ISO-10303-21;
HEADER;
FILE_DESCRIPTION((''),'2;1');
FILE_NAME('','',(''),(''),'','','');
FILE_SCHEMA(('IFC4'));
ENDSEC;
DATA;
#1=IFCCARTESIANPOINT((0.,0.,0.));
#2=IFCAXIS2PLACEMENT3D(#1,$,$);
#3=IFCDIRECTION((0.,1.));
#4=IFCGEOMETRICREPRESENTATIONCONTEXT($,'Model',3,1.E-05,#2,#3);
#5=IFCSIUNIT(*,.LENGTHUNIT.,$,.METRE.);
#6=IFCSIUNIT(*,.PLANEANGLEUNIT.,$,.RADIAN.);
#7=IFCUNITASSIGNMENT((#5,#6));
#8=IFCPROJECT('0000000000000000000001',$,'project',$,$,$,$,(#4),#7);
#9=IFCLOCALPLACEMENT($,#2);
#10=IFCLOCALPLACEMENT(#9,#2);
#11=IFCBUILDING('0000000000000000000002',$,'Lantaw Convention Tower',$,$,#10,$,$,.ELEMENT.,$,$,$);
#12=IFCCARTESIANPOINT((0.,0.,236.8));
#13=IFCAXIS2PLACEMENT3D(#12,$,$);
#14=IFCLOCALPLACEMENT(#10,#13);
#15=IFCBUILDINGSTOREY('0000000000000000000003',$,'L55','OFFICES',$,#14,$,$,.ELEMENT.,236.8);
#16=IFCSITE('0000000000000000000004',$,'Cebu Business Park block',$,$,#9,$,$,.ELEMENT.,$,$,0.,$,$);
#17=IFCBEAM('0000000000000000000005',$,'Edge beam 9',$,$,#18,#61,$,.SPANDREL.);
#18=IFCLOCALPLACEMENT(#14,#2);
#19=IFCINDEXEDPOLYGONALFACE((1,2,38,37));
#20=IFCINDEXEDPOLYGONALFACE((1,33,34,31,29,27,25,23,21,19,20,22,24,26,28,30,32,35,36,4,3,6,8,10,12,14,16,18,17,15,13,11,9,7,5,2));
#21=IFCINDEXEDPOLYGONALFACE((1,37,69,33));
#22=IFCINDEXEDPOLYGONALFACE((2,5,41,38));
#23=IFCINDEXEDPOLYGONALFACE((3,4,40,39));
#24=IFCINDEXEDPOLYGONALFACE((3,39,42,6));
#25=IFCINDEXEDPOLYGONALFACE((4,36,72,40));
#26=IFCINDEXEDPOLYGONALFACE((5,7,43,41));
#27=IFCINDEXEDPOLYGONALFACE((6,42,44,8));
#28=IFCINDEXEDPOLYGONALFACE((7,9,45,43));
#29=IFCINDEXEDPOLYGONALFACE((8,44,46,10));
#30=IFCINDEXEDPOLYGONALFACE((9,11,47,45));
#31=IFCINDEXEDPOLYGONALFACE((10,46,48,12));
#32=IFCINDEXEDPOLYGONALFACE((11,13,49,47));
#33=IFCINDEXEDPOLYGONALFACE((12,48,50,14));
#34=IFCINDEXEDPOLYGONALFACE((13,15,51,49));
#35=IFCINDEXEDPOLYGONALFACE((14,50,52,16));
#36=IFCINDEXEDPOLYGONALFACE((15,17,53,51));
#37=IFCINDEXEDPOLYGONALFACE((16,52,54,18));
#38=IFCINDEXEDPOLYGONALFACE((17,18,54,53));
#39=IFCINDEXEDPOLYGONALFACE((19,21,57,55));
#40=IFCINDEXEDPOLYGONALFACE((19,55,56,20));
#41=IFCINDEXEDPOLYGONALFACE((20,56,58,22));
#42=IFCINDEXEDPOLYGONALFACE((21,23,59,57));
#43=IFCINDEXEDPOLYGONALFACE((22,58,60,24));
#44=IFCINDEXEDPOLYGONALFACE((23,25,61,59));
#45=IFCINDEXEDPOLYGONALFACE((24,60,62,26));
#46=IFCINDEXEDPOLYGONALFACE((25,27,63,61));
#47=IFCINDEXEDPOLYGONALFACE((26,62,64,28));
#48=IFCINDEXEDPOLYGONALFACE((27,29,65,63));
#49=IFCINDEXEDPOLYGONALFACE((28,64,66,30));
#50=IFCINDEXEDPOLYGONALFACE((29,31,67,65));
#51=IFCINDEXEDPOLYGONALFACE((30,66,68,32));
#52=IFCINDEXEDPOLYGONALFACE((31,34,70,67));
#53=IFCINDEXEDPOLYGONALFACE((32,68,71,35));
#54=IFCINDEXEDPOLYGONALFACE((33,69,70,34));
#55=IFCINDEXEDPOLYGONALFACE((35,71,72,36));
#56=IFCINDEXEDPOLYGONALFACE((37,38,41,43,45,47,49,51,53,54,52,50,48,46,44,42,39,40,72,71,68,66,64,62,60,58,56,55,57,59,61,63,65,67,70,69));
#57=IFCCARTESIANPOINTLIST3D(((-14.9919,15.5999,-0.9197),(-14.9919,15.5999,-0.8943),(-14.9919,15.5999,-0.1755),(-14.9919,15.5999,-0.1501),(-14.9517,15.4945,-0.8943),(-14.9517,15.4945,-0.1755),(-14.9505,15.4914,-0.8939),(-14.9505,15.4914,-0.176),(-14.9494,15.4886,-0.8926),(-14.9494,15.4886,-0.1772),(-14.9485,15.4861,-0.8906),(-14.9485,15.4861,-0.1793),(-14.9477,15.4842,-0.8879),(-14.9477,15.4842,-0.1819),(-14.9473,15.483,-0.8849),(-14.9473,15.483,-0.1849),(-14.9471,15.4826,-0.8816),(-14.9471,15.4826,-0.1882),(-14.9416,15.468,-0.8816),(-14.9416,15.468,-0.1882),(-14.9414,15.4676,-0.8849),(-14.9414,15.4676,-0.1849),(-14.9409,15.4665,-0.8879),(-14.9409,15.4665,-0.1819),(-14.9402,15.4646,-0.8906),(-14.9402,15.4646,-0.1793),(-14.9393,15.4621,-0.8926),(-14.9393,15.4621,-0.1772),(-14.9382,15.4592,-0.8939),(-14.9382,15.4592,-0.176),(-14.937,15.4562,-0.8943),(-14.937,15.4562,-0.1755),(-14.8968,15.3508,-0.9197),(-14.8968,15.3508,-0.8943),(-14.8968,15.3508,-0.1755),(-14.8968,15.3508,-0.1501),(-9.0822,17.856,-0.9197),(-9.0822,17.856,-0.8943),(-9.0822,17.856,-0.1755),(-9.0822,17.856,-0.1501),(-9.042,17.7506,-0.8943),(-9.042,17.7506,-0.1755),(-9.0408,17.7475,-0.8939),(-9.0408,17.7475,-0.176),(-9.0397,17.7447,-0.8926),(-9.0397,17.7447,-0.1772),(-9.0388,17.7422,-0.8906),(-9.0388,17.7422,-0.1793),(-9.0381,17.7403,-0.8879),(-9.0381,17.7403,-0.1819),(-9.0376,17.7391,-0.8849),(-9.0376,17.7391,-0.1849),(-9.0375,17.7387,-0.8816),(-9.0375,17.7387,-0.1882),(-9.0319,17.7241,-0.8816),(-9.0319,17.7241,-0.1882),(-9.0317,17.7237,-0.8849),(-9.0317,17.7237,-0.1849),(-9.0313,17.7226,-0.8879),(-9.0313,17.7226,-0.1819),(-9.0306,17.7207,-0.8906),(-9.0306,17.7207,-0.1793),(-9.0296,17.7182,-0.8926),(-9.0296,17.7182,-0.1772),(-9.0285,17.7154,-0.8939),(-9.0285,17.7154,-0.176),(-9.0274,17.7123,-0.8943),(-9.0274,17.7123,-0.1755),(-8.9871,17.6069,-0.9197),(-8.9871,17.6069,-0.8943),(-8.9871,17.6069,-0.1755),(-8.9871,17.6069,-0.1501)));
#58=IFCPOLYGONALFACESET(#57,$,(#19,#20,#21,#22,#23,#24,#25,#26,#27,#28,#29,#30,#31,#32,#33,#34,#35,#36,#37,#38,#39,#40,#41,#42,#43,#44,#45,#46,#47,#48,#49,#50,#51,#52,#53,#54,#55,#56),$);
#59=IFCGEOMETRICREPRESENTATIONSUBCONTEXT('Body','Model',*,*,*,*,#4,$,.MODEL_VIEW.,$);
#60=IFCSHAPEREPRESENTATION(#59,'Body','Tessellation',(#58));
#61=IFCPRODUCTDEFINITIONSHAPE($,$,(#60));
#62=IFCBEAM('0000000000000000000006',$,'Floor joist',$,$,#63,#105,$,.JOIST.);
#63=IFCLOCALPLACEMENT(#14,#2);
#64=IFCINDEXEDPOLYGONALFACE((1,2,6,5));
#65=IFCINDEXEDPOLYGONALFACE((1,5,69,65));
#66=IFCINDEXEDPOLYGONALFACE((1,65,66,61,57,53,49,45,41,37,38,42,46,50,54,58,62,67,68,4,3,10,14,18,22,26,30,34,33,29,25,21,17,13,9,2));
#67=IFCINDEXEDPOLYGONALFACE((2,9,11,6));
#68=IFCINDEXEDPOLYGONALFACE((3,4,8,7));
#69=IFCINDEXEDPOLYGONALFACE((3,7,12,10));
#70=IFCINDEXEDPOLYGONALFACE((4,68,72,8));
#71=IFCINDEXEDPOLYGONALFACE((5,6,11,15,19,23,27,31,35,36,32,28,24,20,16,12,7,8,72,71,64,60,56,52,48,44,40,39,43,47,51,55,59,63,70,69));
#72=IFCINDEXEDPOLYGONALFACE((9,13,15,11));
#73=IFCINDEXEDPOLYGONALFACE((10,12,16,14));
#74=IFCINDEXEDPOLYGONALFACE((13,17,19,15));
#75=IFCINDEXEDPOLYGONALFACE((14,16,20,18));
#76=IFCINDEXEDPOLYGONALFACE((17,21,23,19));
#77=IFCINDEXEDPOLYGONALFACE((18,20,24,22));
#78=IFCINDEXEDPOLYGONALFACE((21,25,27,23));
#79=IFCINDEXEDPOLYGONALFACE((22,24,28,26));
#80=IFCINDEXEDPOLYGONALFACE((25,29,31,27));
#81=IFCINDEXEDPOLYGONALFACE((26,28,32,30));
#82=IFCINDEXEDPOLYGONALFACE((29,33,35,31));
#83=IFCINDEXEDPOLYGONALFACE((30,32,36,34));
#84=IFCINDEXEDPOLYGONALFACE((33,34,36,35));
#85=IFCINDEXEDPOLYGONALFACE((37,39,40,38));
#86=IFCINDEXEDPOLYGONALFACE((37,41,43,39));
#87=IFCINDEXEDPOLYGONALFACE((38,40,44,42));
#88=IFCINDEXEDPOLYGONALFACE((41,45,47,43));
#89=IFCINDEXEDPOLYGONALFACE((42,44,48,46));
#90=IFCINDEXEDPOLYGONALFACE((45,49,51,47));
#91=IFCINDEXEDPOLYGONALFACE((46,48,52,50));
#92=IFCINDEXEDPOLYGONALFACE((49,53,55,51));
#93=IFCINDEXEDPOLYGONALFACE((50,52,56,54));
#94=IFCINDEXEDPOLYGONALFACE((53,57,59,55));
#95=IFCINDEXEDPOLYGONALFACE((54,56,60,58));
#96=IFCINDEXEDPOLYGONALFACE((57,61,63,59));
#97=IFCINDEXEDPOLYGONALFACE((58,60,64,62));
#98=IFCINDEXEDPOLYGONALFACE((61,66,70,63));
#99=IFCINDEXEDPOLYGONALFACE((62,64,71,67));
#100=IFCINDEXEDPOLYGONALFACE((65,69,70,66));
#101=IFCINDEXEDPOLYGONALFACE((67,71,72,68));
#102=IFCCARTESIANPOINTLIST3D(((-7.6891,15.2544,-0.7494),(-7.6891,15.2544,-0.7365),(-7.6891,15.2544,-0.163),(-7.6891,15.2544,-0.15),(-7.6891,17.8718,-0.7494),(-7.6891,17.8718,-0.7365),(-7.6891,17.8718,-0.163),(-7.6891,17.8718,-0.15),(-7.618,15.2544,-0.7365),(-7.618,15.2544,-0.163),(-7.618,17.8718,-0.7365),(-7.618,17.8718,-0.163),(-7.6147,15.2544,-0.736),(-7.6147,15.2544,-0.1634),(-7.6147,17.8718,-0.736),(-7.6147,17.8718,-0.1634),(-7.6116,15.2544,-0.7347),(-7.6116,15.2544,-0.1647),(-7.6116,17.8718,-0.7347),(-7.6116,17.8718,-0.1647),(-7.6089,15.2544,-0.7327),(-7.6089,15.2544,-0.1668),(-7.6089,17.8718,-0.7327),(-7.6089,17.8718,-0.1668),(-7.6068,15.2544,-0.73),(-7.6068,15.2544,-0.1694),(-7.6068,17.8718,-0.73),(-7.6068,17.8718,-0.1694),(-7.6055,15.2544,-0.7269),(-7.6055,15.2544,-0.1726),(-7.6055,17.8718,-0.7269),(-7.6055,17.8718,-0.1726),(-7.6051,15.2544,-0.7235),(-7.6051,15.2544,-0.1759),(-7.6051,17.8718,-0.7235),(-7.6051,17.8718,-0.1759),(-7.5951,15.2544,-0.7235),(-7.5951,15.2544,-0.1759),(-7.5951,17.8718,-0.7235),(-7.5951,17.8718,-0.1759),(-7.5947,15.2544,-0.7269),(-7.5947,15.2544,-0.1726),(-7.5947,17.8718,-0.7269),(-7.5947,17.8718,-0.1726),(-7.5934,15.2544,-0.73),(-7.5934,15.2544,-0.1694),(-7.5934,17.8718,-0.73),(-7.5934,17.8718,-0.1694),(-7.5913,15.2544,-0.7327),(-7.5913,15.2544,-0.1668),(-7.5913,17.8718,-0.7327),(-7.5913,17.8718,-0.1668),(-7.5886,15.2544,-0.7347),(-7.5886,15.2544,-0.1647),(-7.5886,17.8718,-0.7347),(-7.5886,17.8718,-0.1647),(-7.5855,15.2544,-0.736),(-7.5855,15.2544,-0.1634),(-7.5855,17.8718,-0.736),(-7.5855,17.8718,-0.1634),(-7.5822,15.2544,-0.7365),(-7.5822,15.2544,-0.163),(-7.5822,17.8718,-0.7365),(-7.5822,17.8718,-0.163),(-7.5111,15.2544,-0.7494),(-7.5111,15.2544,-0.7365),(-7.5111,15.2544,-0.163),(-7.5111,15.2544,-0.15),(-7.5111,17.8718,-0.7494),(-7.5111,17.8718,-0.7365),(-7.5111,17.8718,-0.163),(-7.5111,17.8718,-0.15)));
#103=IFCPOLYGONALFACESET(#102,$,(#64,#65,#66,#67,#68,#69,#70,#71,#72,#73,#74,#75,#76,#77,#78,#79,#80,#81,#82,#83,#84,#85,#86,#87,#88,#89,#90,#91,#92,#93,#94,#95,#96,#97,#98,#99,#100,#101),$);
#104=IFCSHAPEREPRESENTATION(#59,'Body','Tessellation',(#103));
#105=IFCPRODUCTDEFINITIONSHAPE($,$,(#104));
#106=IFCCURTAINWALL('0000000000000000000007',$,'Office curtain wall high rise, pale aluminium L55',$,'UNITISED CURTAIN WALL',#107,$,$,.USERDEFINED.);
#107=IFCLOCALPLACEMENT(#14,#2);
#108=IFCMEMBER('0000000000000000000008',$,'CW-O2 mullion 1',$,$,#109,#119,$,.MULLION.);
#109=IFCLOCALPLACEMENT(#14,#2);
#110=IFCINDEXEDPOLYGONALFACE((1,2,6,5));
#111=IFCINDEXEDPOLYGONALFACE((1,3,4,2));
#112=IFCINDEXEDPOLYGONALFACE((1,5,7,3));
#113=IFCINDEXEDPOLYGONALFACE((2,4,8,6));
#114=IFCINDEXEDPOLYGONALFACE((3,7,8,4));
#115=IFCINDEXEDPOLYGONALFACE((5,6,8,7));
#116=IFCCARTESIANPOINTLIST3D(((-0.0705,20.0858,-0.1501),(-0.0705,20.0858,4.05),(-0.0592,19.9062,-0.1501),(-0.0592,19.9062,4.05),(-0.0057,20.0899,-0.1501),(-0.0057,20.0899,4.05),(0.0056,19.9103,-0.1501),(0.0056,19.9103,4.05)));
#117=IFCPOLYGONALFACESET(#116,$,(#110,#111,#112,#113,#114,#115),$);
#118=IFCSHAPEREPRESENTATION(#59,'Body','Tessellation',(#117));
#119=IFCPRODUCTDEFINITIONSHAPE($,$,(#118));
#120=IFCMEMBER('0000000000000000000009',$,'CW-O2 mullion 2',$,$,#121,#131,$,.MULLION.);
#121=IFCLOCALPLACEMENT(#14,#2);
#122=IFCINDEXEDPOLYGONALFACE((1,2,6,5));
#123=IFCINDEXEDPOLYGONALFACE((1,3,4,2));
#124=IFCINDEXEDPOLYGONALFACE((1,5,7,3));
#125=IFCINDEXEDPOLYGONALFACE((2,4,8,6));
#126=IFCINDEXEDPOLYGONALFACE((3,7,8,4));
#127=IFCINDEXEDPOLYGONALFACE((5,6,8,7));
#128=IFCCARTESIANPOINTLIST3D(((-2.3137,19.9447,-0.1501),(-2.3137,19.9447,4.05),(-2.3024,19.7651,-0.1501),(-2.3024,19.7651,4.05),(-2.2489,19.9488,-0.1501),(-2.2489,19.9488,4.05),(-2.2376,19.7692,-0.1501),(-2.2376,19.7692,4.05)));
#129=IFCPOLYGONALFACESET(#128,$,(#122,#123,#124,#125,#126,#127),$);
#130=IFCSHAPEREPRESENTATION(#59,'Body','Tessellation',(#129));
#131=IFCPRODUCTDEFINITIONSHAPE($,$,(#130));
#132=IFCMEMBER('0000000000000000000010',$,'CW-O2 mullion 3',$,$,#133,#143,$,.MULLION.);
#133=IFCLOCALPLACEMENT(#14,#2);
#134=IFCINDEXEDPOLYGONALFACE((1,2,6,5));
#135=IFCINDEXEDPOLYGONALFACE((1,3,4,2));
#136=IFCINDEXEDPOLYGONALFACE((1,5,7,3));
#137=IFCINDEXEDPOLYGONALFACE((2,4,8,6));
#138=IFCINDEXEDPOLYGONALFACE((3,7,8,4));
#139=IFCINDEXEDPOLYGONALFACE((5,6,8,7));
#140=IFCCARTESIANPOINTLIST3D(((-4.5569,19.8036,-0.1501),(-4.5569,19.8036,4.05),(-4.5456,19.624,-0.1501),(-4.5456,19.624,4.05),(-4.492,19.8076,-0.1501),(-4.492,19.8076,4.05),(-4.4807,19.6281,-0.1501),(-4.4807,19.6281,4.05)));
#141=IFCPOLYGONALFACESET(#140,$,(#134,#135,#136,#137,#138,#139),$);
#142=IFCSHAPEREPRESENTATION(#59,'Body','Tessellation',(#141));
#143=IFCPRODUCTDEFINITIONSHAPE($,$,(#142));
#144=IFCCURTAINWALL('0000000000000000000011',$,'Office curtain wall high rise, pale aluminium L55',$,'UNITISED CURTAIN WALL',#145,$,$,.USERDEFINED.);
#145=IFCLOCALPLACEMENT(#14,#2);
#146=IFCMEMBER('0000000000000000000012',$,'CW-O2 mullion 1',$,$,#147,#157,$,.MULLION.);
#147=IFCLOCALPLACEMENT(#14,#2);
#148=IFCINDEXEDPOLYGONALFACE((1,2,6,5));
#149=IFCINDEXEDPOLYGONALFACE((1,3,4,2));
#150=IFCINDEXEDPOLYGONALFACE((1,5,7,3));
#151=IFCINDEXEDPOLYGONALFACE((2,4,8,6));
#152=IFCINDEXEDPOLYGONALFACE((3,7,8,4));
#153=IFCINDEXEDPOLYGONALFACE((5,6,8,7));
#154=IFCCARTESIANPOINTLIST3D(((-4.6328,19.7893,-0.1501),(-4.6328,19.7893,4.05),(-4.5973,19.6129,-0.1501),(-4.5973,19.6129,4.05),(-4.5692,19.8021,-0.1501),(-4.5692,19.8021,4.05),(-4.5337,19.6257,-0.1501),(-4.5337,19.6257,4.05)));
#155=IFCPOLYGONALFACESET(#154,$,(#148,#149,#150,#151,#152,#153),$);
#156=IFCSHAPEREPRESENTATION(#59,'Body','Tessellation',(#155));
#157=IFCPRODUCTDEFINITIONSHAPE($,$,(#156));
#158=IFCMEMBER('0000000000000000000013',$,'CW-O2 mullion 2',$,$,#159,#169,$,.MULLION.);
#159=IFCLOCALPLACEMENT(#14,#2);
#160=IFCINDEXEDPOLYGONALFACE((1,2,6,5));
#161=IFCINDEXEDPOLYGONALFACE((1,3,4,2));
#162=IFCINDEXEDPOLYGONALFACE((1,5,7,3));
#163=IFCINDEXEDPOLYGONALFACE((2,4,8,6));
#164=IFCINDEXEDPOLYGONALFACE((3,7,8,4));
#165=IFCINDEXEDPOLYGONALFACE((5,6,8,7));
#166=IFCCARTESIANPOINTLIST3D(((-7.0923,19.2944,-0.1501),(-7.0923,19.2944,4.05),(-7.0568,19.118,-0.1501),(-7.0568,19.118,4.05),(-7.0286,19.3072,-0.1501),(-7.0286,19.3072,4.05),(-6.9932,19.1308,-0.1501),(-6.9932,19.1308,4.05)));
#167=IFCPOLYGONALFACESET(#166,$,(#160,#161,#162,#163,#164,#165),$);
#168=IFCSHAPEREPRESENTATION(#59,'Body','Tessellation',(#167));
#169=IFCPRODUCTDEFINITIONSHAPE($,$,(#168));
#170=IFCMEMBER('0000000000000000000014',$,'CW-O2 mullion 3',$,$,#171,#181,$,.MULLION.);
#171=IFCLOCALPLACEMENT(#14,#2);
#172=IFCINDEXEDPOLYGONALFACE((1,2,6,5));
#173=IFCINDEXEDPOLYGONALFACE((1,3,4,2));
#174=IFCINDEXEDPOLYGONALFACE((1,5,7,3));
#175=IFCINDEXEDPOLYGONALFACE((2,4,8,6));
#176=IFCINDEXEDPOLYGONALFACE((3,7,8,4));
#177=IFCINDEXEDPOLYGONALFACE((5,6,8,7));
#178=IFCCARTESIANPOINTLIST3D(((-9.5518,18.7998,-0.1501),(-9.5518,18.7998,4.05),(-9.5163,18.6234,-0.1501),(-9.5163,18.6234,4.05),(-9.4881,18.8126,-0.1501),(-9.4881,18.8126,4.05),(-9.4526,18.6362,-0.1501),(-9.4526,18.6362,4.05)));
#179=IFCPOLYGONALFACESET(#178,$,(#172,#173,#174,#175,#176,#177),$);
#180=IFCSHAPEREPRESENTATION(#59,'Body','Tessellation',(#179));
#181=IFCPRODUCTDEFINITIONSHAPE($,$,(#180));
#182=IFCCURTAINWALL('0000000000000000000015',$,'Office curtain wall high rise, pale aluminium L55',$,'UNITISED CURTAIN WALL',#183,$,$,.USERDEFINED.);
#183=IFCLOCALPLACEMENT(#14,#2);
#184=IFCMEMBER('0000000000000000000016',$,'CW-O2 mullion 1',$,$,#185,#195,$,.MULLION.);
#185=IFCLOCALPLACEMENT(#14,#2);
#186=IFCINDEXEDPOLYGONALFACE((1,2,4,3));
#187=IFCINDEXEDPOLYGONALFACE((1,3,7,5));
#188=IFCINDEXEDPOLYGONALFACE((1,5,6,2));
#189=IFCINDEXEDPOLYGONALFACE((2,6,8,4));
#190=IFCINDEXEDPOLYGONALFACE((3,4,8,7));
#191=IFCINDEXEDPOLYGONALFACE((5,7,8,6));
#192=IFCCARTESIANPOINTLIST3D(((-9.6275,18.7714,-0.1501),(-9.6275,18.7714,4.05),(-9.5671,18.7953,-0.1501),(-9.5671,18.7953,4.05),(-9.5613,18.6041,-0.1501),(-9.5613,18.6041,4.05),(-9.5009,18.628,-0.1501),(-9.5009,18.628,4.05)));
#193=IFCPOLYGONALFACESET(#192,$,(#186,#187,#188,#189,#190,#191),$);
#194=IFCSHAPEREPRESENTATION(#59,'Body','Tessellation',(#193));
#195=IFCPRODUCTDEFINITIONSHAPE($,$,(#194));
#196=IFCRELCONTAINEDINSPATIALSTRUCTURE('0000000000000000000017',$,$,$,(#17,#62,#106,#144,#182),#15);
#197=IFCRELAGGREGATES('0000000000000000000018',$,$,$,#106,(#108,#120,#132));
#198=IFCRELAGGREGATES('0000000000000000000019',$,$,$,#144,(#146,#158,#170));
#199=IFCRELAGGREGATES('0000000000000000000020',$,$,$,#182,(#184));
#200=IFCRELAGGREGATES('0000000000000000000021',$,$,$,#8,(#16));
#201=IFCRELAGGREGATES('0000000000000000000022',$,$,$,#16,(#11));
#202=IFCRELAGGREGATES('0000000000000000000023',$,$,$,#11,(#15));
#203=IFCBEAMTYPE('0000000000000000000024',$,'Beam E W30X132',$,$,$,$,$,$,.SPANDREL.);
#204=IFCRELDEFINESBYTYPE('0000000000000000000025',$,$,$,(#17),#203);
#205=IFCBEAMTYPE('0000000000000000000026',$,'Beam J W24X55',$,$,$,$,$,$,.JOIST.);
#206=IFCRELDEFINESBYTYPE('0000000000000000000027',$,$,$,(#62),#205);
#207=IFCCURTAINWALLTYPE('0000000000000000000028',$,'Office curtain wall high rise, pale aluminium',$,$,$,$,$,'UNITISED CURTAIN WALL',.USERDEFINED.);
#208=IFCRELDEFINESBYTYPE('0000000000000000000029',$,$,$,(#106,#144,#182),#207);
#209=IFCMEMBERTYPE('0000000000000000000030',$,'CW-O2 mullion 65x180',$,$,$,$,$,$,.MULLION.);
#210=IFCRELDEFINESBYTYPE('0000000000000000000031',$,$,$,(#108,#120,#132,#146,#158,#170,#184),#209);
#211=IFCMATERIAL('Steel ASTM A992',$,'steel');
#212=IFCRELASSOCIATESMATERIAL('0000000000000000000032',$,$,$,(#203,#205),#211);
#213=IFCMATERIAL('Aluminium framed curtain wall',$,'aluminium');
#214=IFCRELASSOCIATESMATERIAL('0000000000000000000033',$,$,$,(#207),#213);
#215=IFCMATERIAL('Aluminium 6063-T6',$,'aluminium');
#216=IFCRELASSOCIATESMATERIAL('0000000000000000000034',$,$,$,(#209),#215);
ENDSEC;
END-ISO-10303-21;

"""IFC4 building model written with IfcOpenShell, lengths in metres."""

from ifc_helpers import new_model, si_unit, direction, frame, origin, origin_2d, place, context, subcontext, project, spatial, rectangle, i_section, extrude, material, material_profile, profile_set, type_object, element, aggregate, save


model = new_model("IFC4")

# Units and contexts
model_context = context("Model", 3, precision=1e-05, world=origin(), true_north=direction((0.0, 1.0)))
body_context = subcontext(model_context, "Body", "Model", "MODEL_VIEW")
ifc_project = project(units=[si_unit("LENGTHUNIT", "METRE"), si_unit("PLANEANGLEUNIT", "RADIAN")], contexts=[model_context])

# Site, building, storey
site_placement = place(None, origin())
site = spatial("IfcSite", under=ifc_project, at=site_placement, Name="Cebu Business Park block", CompositionType="ELEMENT", RefElevation=0.0)
building_placement = place(site_placement, origin())
building = spatial("IfcBuilding", under=site, at=building_placement, Name="Lantaw Convention Tower", CompositionType="ELEMENT")
storey_placement = place(building_placement, frame((0.0, 0.0, 236.8)))
storey = spatial("IfcBuildingStorey", under=building, at=storey_placement, Name="L55", Description="OFFICES", CompositionType="ELEMENT", Elevation=236.8)

# Beams
ifc_material_1 = material(Name="Steel ASTM A992", Category="steel")
ifc_material_profile_1 = material_profile(ifc_material_1, i_section(OverallWidth=0.2666, OverallDepth=0.7695, WebThickness=0.0156, FlangeThickness=0.0254, FilletRadius=0.0127, at=origin_2d()), Name="W30X132")
ifc_profile_set_1 = profile_set([ifc_material_profile_1], Name="Steel ASTM A992")
beam_type_1 = type_object("IfcBeamType", Name="Beam E W30X132", PredefinedType="SPANDREL", material=ifc_profile_set_1)
beam_1_placement = place(storey_placement, frame((-9.0347, 17.7314, -0.5349), z_axis=(-0.934235, -0.356658, 0.0), x_axis=(0.356658, -0.934235, 0.0)))
element("IfcBeam", 1, at=beam_1_placement, inside=storey, type_object=beam_type_1, Name="Edge beam 9", PredefinedType="SPANDREL", context=body_context, shape_type="SweptSolid", body=[
    extrude(i_section(OverallWidth=0.2666, OverallDepth=0.7695, WebThickness=0.0156, FlangeThickness=0.0254, FilletRadius=0.0127, at=origin_2d()), origin(), (0.0, 0.0, 1.0), 6.3257),
])
ifc_material_profile_2 = material_profile(ifc_material_1, i_section(OverallWidth=0.178, OverallDepth=0.5994, WebThickness=0.01, FlangeThickness=0.0129, FilletRadius=0.0129, at=origin_2d()), Name="W24X55")
ifc_profile_set_2 = profile_set([ifc_material_profile_2], Name="Steel ASTM A992")
beam_type_2 = type_object("IfcBeamType", Name="Beam J W24X55", PredefinedType="JOIST", material=ifc_profile_set_2)
beam_2_placement = place(storey_placement, frame((-7.6001, 15.2544, -0.4497), z_axis=(0.0, 1.0, 0.0), x_axis=(-1.0, 0.0, 0.0)))
element("IfcBeam", 2, at=beam_2_placement, inside=storey, type_object=beam_type_2, Name="Floor joist", PredefinedType="JOIST", context=body_context, shape_type="SweptSolid", body=[
    extrude(i_section(OverallWidth=0.178, OverallDepth=0.5994, WebThickness=0.01, FlangeThickness=0.0129, FilletRadius=0.0129, at=origin_2d()), origin(), (0.0, 0.0, 1.0), 2.6174),
])

# Curtain walls, members
ifc_material_2 = material(Name="Aluminium framed curtain wall", Category="aluminium")
curtain_wall_type = type_object("IfcCurtainWallType", Name="Office curtain wall high rise, pale aluminium", ElementType="UNITISED CURTAIN WALL", PredefinedType="USERDEFINED", material=ifc_material_2)
curtain_wall_1_placement = place(storey_placement, origin())
curtain_wall_1 = element("IfcCurtainWall", 3, at=curtain_wall_1_placement, inside=storey, type_object=curtain_wall_type, Name="Office curtain wall high rise, pale aluminium L55", ObjectType="UNITISED CURTAIN WALL", PredefinedType="USERDEFINED")
ifc_material_3 = material(Name="Aluminium 6063-T6", Category="aluminium")
ifc_material_profile_3 = material_profile(ifc_material_3, rectangle(XDim=0.1799, YDim=0.0649, at=origin_2d()), Name="CW-O2 mullion 65x180")
ifc_profile_set_3 = profile_set([ifc_material_profile_3], Name="Aluminium 6063-T6")
member_type_1 = type_object("IfcMemberType", Name="CW-O2 mullion 65x180", PredefinedType="MULLION", material=ifc_profile_set_3)
member_1_placement = place(storey_placement, frame((-0.0325, 19.998, -0.1501), z_axis=(0.0, 0.0, 1.0), x_axis=(0.062758, -0.998029, 0.0)))
member_1 = element("IfcMember", 4, at=member_1_placement, type_object=member_type_1, Name="CW-O2 mullion 1", PredefinedType="MULLION", context=body_context, shape_type="SweptSolid", body=[
    extrude(rectangle(XDim=0.1799, YDim=0.0649, at=origin_2d()), origin(), (0.0, 0.0, 1.0), 4.2002),
])
member_2_placement = place(storey_placement, frame((-2.2756, 19.8569, -0.1501), z_axis=(0.0, 0.0, 1.0), x_axis=(0.062758, -0.998029, 0.0)))
member_2 = element("IfcMember", 5, at=member_2_placement, type_object=member_type_1, Name="CW-O2 mullion 2", PredefinedType="MULLION", context=body_context, shape_type="SweptSolid", body=[
    extrude(rectangle(XDim=0.1799, YDim=0.0649, at=origin_2d()), origin(), (0.0, 0.0, 1.0), 4.2002),
])
member_3_placement = place(storey_placement, frame((-4.5188, 19.7158, -0.1501), z_axis=(0.0, 0.0, 1.0), x_axis=(0.062758, -0.998029, 0.0)))
member_3 = element("IfcMember", 6, at=member_3_placement, type_object=member_type_1, Name="CW-O2 mullion 3", PredefinedType="MULLION", context=body_context, shape_type="SweptSolid", body=[
    extrude(rectangle(XDim=0.1799, YDim=0.0649, at=origin_2d()), origin(), (0.0, 0.0, 1.0), 4.2002),
])
curtain_wall_2_placement = place(storey_placement, origin())
curtain_wall_2 = element("IfcCurtainWall", 7, at=curtain_wall_2_placement, inside=storey, type_object=curtain_wall_type, Name="Office curtain wall high rise, pale aluminium L55", ObjectType="UNITISED CURTAIN WALL", PredefinedType="USERDEFINED")
member_4_placement = place(storey_placement, frame((-4.5833, 19.7075, -0.1501), z_axis=(0.0, 0.0, 1.0), x_axis=(0.197183, -0.980367, 0.0)))
member_4 = element("IfcMember", 8, at=member_4_placement, type_object=member_type_1, Name="CW-O2 mullion 1", PredefinedType="MULLION", context=body_context, shape_type="SweptSolid", body=[
    extrude(rectangle(XDim=0.1799, YDim=0.0649, at=origin_2d()), origin(), (0.0, 0.0, 1.0), 4.2002),
])
member_5_placement = place(storey_placement, frame((-7.0427, 19.2126, -0.1501), z_axis=(0.0, 0.0, 1.0), x_axis=(0.197183, -0.980367, 0.0)))
member_5 = element("IfcMember", 9, at=member_5_placement, type_object=member_type_1, Name="CW-O2 mullion 2", PredefinedType="MULLION", context=body_context, shape_type="SweptSolid", body=[
    extrude(rectangle(XDim=0.1799, YDim=0.0649, at=origin_2d()), origin(), (0.0, 0.0, 1.0), 4.2002),
])
member_6_placement = place(storey_placement, frame((-9.5022, 18.718, -0.1501), z_axis=(0.0, 0.0, 1.0), x_axis=(0.197183, -0.980367, 0.0)))
member_6 = element("IfcMember", 10, at=member_6_placement, type_object=member_type_1, Name="CW-O2 mullion 3", PredefinedType="MULLION", context=body_context, shape_type="SweptSolid", body=[
    extrude(rectangle(XDim=0.1799, YDim=0.0649, at=origin_2d()), origin(), (0.0, 0.0, 1.0), 4.2002),
])

# Curtain wall, member
curtain_wall_3_placement = place(storey_placement, origin())
curtain_wall_3 = element("IfcCurtainWall", 11, at=curtain_wall_3_placement, inside=storey, type_object=curtain_wall_type, Name="Office curtain wall high rise, pale aluminium L55", ObjectType="UNITISED CURTAIN WALL", PredefinedType="USERDEFINED")
member_7_placement = place(storey_placement, frame((-9.5642, 18.6997, -0.1501), z_axis=(0.0, 0.0, 1.0), x_axis=(0.368162, -0.929762, 0.0)))
member_7 = element("IfcMember", 12, at=member_7_placement, type_object=member_type_1, Name="CW-O2 mullion 1", PredefinedType="MULLION", context=body_context, shape_type="SweptSolid", body=[
    extrude(rectangle(XDim=0.1799, YDim=0.0649, at=origin_2d()), origin(), (0.0, 0.0, 1.0), 4.2002),
])

aggregate(curtain_wall_1, [member_1, member_2, member_3])
aggregate(curtain_wall_2, [member_4, member_5, member_6])
aggregate(curtain_wall_3, [member_7])

save(model, "model.ifc")
